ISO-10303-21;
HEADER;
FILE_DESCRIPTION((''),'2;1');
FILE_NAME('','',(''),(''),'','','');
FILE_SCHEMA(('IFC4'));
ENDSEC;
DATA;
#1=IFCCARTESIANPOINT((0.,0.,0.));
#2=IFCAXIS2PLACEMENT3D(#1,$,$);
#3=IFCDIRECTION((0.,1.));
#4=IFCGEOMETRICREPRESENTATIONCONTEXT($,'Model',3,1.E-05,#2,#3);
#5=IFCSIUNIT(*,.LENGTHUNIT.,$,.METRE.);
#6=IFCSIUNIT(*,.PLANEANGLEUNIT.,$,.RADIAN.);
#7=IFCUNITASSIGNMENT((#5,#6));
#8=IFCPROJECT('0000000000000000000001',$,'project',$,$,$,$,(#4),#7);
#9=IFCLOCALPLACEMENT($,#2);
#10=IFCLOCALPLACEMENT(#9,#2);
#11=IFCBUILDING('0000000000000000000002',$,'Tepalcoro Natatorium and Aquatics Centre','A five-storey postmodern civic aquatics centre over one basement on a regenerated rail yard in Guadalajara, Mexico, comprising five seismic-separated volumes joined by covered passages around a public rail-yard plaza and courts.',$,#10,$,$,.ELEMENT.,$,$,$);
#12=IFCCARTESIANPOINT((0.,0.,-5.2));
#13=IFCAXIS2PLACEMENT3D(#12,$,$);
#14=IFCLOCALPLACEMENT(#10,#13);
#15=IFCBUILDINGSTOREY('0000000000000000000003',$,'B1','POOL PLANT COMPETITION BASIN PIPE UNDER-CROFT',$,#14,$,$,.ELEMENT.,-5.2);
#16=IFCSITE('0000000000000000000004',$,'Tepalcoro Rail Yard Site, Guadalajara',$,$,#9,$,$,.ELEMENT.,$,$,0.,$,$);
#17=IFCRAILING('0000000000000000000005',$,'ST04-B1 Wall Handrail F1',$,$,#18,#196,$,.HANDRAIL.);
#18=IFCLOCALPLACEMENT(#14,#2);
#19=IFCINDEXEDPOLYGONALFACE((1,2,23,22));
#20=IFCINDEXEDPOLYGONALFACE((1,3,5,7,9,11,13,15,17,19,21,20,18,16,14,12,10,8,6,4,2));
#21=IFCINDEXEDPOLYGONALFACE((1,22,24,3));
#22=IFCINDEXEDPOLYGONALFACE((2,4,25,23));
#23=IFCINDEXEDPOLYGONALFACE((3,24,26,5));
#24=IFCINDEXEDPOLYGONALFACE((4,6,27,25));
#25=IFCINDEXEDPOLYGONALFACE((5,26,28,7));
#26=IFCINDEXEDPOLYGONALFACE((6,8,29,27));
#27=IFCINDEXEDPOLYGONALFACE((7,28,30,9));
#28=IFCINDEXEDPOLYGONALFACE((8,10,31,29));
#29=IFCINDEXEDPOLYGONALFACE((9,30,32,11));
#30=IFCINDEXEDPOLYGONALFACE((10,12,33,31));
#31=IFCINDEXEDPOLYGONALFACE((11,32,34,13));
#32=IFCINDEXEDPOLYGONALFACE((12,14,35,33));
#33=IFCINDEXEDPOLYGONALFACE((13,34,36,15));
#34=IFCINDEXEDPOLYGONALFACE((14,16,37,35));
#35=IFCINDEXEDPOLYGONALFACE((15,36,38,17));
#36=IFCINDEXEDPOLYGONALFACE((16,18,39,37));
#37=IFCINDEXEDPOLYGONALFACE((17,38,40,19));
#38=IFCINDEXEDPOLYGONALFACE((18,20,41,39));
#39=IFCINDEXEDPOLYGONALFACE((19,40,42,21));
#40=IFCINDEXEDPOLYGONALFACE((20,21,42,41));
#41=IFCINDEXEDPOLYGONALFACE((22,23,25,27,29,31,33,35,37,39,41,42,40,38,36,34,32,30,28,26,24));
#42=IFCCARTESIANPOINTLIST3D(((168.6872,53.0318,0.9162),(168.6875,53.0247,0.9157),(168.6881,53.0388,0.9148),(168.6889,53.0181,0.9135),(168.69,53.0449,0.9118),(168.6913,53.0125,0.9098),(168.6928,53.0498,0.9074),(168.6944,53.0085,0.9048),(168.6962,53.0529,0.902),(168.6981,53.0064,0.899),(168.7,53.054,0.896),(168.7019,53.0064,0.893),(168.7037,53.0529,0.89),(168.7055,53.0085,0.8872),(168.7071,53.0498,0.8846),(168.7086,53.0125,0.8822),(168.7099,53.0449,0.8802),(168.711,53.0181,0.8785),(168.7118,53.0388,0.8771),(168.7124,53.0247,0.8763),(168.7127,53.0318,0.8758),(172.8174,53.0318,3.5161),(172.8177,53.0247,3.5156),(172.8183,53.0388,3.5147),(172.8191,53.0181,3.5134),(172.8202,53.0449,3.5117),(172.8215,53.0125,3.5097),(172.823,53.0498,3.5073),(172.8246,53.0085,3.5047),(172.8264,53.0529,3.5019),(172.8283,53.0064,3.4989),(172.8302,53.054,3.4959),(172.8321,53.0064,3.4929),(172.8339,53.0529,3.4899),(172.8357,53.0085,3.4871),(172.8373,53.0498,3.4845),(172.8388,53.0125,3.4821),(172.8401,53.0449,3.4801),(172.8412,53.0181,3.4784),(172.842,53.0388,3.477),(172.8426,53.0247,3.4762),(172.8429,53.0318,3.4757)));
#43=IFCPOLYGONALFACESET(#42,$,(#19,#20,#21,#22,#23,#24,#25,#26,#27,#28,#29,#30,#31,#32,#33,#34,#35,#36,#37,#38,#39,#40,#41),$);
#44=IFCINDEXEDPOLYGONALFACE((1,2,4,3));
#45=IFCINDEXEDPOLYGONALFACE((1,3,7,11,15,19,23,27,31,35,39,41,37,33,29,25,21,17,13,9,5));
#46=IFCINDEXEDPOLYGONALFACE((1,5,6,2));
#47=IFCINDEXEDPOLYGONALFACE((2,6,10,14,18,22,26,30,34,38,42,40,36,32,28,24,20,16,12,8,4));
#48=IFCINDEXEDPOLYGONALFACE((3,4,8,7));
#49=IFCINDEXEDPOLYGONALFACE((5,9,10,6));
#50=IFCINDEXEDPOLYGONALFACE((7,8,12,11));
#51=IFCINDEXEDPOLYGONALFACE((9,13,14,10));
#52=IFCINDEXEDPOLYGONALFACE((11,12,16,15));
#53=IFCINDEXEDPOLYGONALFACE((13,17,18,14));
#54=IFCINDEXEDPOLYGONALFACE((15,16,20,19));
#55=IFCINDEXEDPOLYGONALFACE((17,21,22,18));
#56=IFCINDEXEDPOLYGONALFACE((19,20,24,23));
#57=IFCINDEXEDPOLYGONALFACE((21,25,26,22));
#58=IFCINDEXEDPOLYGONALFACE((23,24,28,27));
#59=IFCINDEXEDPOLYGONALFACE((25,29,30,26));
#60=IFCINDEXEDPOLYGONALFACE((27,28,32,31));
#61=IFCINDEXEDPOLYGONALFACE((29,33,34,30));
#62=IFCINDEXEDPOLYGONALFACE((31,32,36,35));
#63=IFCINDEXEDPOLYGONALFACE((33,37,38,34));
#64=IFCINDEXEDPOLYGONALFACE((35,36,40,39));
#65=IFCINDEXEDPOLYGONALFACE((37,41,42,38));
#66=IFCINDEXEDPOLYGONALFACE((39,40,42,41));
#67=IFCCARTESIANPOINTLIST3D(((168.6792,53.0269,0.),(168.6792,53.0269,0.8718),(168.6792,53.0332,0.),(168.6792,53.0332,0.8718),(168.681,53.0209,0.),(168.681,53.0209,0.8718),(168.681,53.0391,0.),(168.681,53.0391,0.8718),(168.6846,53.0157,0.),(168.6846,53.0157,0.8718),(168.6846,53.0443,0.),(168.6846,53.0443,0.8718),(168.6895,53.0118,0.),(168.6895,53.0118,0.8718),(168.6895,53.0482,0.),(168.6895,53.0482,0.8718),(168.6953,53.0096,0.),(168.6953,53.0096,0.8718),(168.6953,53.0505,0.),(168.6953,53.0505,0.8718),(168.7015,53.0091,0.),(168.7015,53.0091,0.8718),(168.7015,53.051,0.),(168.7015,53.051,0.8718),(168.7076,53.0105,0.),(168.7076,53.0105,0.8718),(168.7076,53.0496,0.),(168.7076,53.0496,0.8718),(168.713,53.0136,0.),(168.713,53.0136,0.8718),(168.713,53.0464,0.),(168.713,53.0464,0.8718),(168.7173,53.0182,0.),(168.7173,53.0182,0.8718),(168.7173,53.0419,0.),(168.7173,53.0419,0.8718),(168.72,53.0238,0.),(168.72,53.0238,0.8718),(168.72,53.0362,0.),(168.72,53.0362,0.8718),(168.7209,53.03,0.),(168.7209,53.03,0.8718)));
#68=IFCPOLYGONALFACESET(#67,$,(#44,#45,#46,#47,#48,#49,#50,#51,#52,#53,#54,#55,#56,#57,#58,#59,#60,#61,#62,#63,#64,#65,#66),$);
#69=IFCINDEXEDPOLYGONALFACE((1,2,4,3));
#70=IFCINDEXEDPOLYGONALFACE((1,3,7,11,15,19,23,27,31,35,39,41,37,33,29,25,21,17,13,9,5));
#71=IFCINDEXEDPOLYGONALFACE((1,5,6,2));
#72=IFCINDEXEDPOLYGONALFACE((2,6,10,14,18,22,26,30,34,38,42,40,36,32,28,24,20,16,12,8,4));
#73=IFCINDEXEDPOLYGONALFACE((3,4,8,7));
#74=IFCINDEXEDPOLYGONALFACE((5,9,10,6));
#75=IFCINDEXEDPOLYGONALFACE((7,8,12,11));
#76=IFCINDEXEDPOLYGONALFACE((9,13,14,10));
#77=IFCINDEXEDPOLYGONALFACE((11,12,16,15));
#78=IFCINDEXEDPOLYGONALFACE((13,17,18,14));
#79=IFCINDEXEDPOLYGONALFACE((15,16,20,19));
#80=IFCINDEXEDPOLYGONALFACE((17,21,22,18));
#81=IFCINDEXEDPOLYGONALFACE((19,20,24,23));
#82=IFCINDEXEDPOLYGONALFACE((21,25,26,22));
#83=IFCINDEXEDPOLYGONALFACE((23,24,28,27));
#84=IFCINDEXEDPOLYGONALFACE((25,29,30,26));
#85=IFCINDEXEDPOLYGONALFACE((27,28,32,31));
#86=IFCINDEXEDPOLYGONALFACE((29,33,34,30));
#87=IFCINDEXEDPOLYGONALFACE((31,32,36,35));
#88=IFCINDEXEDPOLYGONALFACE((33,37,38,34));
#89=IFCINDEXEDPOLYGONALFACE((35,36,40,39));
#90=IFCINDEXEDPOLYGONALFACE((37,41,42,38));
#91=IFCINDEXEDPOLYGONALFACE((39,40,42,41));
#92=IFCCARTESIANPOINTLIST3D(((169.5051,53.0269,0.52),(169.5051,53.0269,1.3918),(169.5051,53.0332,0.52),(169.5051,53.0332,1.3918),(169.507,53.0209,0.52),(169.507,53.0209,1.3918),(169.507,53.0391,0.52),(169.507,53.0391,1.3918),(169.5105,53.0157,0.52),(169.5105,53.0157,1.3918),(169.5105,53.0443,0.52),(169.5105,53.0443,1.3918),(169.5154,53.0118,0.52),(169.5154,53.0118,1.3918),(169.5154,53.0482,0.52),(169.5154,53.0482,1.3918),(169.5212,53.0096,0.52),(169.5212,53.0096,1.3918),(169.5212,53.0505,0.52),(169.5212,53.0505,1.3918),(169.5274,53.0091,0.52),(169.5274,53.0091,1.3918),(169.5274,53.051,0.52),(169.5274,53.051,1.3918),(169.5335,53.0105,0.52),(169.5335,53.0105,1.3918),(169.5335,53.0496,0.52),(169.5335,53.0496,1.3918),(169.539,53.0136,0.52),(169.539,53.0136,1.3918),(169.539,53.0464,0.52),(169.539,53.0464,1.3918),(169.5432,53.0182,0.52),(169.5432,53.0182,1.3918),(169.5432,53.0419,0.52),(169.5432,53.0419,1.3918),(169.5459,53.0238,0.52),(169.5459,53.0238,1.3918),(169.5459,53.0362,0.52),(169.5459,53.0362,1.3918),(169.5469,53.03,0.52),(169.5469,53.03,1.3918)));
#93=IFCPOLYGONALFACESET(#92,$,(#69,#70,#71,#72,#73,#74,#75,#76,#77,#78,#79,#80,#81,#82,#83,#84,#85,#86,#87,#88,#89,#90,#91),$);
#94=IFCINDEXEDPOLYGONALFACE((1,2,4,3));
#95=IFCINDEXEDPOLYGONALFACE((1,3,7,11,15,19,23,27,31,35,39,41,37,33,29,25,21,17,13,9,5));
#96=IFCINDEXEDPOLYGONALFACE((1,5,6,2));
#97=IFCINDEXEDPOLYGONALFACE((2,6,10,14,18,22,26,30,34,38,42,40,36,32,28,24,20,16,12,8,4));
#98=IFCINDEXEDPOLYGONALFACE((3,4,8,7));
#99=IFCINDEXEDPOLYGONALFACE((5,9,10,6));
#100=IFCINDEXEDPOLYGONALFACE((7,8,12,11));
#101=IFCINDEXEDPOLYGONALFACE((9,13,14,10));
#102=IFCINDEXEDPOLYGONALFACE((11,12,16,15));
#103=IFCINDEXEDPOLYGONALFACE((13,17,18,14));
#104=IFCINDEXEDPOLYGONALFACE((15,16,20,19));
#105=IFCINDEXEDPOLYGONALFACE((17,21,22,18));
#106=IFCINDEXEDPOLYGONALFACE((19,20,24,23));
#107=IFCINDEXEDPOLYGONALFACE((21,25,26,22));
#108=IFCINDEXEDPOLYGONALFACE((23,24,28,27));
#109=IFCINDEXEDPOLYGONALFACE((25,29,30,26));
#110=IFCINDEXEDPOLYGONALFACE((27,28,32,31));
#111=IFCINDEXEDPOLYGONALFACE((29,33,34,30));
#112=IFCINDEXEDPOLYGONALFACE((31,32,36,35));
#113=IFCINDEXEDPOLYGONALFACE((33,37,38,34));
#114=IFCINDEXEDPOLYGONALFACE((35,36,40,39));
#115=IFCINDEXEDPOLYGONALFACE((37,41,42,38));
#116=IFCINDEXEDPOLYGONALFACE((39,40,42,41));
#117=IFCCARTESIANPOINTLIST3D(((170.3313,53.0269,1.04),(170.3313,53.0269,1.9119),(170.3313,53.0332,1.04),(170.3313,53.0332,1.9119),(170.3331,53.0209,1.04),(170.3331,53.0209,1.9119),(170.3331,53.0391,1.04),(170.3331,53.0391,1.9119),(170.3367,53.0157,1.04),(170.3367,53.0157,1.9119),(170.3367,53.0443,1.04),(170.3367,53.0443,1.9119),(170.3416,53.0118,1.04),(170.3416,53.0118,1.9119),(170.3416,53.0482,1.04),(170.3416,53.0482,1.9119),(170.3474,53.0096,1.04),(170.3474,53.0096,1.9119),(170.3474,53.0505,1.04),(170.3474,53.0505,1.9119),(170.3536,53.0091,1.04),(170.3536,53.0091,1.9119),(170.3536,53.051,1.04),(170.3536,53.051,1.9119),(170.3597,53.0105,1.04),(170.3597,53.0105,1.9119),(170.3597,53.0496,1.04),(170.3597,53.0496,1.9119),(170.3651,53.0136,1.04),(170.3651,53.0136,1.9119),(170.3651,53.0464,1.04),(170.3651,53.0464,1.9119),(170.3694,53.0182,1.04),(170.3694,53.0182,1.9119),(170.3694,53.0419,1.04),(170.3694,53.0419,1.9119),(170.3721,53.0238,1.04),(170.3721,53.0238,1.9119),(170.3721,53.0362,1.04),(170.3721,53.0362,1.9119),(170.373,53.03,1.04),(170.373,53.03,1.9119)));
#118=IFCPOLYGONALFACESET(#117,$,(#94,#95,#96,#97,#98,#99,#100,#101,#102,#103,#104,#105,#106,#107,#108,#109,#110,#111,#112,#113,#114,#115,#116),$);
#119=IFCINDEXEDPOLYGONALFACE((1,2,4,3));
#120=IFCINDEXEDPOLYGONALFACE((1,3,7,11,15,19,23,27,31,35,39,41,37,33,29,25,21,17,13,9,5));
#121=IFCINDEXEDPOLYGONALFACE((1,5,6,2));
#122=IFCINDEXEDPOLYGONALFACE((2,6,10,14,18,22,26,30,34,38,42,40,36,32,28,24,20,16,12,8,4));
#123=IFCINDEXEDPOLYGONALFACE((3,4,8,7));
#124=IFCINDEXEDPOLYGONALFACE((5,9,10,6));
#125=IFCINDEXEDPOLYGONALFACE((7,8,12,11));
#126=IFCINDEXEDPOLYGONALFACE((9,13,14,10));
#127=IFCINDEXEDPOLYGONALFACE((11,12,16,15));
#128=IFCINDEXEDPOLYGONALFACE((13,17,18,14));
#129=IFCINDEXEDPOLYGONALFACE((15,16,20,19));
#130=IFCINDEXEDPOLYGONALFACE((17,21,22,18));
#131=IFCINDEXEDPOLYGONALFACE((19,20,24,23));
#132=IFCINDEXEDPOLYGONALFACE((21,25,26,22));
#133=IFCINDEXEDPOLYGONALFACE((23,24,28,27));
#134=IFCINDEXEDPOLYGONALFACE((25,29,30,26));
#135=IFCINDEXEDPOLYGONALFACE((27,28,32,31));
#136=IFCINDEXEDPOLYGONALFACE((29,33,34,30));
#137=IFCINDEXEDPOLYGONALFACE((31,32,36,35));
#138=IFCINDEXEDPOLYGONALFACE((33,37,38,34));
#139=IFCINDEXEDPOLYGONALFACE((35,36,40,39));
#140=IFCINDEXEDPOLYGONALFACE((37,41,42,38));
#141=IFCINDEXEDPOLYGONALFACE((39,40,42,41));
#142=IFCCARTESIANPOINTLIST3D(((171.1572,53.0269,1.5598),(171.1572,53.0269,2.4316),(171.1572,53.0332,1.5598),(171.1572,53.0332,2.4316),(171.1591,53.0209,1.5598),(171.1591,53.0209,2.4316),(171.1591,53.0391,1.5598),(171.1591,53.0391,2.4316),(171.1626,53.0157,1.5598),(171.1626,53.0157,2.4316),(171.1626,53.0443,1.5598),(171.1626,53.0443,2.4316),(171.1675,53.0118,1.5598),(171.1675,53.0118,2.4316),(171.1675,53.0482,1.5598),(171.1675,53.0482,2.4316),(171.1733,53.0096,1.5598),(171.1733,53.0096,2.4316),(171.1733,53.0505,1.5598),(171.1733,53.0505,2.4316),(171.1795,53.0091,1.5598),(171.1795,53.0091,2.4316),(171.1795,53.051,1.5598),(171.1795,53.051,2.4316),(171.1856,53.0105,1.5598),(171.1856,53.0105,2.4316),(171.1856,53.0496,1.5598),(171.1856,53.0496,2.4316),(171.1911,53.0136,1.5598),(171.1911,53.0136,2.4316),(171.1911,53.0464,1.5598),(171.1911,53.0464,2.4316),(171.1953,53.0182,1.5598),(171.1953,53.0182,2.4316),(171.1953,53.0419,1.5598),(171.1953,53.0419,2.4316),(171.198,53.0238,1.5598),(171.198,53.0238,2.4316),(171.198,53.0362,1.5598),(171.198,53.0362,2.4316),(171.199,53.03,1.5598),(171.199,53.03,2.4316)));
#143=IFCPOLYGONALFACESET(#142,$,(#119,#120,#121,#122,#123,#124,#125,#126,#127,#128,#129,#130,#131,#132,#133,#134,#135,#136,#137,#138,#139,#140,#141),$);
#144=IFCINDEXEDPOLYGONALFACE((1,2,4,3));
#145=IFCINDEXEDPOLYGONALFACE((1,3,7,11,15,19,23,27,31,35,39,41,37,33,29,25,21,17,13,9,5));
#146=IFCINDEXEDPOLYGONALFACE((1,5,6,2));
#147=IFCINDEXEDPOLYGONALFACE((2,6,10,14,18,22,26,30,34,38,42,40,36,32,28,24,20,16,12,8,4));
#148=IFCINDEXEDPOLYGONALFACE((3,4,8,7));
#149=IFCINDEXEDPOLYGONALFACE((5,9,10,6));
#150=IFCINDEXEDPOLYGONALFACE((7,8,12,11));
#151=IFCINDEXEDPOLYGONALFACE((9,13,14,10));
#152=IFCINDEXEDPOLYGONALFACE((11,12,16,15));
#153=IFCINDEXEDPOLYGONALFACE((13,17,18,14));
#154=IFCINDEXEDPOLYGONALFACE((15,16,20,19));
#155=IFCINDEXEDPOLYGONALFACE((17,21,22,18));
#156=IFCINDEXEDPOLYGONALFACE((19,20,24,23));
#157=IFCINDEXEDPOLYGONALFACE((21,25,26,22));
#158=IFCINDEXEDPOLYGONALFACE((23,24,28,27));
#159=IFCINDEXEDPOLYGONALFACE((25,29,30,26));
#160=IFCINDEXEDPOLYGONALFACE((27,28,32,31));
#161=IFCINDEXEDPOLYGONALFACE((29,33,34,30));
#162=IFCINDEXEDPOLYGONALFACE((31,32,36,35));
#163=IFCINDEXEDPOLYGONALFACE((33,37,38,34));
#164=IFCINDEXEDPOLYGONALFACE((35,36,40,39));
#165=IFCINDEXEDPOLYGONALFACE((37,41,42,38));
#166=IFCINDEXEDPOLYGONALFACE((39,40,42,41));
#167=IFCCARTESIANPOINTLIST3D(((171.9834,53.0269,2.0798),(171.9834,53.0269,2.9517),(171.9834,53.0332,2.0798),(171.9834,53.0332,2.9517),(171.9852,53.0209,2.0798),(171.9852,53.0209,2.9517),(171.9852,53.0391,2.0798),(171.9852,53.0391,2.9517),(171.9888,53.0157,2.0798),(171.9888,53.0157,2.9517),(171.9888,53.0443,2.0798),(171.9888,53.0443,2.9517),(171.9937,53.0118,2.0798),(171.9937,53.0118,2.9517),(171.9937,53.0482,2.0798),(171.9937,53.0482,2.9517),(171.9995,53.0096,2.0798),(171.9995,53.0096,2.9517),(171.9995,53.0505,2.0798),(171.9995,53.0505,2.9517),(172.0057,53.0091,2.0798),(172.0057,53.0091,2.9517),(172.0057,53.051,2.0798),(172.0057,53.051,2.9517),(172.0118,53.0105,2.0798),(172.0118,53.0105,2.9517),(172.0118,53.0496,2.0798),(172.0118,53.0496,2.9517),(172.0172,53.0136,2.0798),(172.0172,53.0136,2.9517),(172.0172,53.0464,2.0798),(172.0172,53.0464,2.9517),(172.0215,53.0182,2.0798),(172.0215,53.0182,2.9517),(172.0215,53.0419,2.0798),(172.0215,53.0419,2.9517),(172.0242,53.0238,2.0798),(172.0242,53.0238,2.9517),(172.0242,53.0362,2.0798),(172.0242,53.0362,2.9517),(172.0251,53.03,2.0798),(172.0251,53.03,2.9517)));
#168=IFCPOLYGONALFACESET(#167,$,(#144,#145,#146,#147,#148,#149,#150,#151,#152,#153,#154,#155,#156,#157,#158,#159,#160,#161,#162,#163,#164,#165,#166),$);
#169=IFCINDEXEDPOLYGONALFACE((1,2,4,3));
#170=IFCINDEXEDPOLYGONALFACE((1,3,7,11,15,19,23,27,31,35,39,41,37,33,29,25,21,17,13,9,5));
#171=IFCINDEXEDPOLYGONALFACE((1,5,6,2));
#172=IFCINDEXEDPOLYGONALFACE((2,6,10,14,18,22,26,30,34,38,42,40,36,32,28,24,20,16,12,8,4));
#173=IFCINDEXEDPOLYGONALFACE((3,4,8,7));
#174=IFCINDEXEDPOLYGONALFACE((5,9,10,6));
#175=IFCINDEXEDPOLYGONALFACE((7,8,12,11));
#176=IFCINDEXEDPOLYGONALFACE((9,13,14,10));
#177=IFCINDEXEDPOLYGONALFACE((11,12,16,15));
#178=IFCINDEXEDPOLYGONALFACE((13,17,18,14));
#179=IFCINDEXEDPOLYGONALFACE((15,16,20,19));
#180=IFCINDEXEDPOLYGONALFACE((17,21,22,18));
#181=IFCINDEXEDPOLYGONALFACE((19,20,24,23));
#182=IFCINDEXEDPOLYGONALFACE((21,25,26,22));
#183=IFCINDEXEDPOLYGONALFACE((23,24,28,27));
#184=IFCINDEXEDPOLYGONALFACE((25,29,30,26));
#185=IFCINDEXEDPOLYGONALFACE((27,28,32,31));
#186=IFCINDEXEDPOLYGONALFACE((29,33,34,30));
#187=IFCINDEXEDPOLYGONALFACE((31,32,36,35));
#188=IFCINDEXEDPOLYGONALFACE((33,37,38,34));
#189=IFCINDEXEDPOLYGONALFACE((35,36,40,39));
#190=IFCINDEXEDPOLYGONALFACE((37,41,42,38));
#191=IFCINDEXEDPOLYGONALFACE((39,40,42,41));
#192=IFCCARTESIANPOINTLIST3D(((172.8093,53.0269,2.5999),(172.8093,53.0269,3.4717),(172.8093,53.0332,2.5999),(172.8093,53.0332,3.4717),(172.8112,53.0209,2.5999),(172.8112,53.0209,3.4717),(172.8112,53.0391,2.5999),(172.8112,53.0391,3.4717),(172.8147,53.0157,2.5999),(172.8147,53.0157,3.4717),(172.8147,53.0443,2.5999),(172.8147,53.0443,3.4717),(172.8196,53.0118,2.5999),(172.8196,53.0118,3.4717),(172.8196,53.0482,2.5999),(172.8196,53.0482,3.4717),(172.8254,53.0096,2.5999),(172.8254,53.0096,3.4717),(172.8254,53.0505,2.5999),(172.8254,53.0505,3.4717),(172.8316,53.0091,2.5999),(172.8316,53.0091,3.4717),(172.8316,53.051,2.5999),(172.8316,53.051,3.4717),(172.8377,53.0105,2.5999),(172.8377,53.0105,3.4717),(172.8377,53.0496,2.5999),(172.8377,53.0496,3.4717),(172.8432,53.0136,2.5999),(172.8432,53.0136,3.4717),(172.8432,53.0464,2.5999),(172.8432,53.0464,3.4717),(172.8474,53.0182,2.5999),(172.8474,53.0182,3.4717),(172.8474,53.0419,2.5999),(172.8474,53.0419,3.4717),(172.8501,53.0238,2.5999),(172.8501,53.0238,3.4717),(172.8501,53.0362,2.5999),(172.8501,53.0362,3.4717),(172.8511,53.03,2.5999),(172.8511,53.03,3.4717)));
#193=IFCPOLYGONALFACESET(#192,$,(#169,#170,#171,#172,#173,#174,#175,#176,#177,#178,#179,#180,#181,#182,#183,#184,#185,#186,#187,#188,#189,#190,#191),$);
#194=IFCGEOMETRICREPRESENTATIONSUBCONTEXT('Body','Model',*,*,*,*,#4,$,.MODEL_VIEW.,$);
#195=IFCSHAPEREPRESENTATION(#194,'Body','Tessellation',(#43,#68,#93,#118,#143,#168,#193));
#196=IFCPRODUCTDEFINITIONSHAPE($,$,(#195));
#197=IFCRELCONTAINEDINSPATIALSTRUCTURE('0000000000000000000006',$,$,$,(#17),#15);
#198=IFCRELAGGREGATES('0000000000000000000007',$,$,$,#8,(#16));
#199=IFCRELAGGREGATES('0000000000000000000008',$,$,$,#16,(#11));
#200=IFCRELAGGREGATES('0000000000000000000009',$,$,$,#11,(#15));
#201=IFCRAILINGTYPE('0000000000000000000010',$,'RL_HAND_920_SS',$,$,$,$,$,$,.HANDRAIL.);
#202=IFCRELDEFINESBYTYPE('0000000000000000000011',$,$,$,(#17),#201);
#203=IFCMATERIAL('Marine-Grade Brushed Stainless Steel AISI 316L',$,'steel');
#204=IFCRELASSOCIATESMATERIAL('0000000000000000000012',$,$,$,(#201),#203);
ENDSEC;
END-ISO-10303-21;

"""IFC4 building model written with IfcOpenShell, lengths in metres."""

from ifc_helpers import new_model, si_unit, direction, frame, origin, origin_2d, place, context, subcontext, project, spatial, circle, extrude, material, type_object, element, save


model = new_model("IFC4")

# Units and contexts
model_context = context("Model", 3, precision=1e-05, world=origin(), true_north=direction((0.0, 1.0)))
body_context = subcontext(model_context, "Body", "Model", "MODEL_VIEW")
ifc_project = project(units=[si_unit("LENGTHUNIT", "METRE"), si_unit("PLANEANGLEUNIT", "RADIAN")], contexts=[model_context])

# Site, building, storey
site_placement = place(None, origin())
site = spatial("IfcSite", under=ifc_project, at=site_placement, Name="Tepalcoro Rail Yard Site, Guadalajara", CompositionType="ELEMENT", RefElevation=0.0)
building_placement = place(site_placement, origin())
building = spatial("IfcBuilding", under=site, at=building_placement, Name="Tepalcoro Natatorium and Aquatics Centre", Description="A five-storey postmodern civic aquatics centre over one basement on a regenerated rail yard in Guadalajara, Mexico, comprising five seismic-separated volumes joined by covered passages around a public rail-yard plaza and courts.", CompositionType="ELEMENT")
storey_placement = place(building_placement, frame((0.0, 0.0, -5.2)))
storey = spatial("IfcBuildingStorey", under=building, at=storey_placement, Name="B1", Description="POOL PLANT COMPETITION BASIN PIPE UNDER-CROFT", CompositionType="ELEMENT", Elevation=-5.2)

# Railing
ifc_material_1 = material(Name="Marine-Grade Brushed Stainless Steel AISI 316L", Category="steel")
railing_type_1 = type_object("IfcRailingType", Name="RL_HAND_920_SS", PredefinedType="HANDRAIL", material=ifc_material_1)
railing_1_placement = place(storey_placement, frame((168.7, 53.03, 0.0)))
element("IfcRailing", 1, at=railing_1_placement, inside=storey, type_object=railing_type_1, Name="ST04-B1 Wall Handrail F1", PredefinedType="HANDRAIL", context=body_context, shape_type="SweptSolid", body=[
    extrude(circle(Radius=0.0239, at=origin_2d()), frame((0.0, 0.0, 0.896), z_axis=(0.846288, 0.0, 0.532726), x_axis=(0.0, 1.0, 0.0)), (0.0, 0.0, 1.0), 4.8804),
    extrude(circle(Radius=0.021, at=origin_2d()), origin(), (0.0, 0.0, 1.0), 0.8718),
    extrude(circle(Radius=0.021, at=origin_2d()), frame((0.8259, 0.0, 0.52)), (0.0, 0.0, 1.0), 0.8718),
    extrude(circle(Radius=0.021, at=origin_2d()), frame((1.6521, 0.0, 1.04)), (0.0, 0.0, 1.0), 0.8718),
    extrude(circle(Radius=0.021, at=origin_2d()), frame((2.478, 0.0, 1.5598)), (0.0, 0.0, 1.0), 0.8718),
    extrude(circle(Radius=0.021, at=origin_2d()), frame((3.3042, 0.0, 2.0798)), (0.0, 0.0, 1.0), 0.8718),
    extrude(circle(Radius=0.021, at=origin_2d()), frame((4.1301, 0.0, 2.5999)), (0.0, 0.0, 1.0), 0.8718),
])

save(model, "model.ifc")
